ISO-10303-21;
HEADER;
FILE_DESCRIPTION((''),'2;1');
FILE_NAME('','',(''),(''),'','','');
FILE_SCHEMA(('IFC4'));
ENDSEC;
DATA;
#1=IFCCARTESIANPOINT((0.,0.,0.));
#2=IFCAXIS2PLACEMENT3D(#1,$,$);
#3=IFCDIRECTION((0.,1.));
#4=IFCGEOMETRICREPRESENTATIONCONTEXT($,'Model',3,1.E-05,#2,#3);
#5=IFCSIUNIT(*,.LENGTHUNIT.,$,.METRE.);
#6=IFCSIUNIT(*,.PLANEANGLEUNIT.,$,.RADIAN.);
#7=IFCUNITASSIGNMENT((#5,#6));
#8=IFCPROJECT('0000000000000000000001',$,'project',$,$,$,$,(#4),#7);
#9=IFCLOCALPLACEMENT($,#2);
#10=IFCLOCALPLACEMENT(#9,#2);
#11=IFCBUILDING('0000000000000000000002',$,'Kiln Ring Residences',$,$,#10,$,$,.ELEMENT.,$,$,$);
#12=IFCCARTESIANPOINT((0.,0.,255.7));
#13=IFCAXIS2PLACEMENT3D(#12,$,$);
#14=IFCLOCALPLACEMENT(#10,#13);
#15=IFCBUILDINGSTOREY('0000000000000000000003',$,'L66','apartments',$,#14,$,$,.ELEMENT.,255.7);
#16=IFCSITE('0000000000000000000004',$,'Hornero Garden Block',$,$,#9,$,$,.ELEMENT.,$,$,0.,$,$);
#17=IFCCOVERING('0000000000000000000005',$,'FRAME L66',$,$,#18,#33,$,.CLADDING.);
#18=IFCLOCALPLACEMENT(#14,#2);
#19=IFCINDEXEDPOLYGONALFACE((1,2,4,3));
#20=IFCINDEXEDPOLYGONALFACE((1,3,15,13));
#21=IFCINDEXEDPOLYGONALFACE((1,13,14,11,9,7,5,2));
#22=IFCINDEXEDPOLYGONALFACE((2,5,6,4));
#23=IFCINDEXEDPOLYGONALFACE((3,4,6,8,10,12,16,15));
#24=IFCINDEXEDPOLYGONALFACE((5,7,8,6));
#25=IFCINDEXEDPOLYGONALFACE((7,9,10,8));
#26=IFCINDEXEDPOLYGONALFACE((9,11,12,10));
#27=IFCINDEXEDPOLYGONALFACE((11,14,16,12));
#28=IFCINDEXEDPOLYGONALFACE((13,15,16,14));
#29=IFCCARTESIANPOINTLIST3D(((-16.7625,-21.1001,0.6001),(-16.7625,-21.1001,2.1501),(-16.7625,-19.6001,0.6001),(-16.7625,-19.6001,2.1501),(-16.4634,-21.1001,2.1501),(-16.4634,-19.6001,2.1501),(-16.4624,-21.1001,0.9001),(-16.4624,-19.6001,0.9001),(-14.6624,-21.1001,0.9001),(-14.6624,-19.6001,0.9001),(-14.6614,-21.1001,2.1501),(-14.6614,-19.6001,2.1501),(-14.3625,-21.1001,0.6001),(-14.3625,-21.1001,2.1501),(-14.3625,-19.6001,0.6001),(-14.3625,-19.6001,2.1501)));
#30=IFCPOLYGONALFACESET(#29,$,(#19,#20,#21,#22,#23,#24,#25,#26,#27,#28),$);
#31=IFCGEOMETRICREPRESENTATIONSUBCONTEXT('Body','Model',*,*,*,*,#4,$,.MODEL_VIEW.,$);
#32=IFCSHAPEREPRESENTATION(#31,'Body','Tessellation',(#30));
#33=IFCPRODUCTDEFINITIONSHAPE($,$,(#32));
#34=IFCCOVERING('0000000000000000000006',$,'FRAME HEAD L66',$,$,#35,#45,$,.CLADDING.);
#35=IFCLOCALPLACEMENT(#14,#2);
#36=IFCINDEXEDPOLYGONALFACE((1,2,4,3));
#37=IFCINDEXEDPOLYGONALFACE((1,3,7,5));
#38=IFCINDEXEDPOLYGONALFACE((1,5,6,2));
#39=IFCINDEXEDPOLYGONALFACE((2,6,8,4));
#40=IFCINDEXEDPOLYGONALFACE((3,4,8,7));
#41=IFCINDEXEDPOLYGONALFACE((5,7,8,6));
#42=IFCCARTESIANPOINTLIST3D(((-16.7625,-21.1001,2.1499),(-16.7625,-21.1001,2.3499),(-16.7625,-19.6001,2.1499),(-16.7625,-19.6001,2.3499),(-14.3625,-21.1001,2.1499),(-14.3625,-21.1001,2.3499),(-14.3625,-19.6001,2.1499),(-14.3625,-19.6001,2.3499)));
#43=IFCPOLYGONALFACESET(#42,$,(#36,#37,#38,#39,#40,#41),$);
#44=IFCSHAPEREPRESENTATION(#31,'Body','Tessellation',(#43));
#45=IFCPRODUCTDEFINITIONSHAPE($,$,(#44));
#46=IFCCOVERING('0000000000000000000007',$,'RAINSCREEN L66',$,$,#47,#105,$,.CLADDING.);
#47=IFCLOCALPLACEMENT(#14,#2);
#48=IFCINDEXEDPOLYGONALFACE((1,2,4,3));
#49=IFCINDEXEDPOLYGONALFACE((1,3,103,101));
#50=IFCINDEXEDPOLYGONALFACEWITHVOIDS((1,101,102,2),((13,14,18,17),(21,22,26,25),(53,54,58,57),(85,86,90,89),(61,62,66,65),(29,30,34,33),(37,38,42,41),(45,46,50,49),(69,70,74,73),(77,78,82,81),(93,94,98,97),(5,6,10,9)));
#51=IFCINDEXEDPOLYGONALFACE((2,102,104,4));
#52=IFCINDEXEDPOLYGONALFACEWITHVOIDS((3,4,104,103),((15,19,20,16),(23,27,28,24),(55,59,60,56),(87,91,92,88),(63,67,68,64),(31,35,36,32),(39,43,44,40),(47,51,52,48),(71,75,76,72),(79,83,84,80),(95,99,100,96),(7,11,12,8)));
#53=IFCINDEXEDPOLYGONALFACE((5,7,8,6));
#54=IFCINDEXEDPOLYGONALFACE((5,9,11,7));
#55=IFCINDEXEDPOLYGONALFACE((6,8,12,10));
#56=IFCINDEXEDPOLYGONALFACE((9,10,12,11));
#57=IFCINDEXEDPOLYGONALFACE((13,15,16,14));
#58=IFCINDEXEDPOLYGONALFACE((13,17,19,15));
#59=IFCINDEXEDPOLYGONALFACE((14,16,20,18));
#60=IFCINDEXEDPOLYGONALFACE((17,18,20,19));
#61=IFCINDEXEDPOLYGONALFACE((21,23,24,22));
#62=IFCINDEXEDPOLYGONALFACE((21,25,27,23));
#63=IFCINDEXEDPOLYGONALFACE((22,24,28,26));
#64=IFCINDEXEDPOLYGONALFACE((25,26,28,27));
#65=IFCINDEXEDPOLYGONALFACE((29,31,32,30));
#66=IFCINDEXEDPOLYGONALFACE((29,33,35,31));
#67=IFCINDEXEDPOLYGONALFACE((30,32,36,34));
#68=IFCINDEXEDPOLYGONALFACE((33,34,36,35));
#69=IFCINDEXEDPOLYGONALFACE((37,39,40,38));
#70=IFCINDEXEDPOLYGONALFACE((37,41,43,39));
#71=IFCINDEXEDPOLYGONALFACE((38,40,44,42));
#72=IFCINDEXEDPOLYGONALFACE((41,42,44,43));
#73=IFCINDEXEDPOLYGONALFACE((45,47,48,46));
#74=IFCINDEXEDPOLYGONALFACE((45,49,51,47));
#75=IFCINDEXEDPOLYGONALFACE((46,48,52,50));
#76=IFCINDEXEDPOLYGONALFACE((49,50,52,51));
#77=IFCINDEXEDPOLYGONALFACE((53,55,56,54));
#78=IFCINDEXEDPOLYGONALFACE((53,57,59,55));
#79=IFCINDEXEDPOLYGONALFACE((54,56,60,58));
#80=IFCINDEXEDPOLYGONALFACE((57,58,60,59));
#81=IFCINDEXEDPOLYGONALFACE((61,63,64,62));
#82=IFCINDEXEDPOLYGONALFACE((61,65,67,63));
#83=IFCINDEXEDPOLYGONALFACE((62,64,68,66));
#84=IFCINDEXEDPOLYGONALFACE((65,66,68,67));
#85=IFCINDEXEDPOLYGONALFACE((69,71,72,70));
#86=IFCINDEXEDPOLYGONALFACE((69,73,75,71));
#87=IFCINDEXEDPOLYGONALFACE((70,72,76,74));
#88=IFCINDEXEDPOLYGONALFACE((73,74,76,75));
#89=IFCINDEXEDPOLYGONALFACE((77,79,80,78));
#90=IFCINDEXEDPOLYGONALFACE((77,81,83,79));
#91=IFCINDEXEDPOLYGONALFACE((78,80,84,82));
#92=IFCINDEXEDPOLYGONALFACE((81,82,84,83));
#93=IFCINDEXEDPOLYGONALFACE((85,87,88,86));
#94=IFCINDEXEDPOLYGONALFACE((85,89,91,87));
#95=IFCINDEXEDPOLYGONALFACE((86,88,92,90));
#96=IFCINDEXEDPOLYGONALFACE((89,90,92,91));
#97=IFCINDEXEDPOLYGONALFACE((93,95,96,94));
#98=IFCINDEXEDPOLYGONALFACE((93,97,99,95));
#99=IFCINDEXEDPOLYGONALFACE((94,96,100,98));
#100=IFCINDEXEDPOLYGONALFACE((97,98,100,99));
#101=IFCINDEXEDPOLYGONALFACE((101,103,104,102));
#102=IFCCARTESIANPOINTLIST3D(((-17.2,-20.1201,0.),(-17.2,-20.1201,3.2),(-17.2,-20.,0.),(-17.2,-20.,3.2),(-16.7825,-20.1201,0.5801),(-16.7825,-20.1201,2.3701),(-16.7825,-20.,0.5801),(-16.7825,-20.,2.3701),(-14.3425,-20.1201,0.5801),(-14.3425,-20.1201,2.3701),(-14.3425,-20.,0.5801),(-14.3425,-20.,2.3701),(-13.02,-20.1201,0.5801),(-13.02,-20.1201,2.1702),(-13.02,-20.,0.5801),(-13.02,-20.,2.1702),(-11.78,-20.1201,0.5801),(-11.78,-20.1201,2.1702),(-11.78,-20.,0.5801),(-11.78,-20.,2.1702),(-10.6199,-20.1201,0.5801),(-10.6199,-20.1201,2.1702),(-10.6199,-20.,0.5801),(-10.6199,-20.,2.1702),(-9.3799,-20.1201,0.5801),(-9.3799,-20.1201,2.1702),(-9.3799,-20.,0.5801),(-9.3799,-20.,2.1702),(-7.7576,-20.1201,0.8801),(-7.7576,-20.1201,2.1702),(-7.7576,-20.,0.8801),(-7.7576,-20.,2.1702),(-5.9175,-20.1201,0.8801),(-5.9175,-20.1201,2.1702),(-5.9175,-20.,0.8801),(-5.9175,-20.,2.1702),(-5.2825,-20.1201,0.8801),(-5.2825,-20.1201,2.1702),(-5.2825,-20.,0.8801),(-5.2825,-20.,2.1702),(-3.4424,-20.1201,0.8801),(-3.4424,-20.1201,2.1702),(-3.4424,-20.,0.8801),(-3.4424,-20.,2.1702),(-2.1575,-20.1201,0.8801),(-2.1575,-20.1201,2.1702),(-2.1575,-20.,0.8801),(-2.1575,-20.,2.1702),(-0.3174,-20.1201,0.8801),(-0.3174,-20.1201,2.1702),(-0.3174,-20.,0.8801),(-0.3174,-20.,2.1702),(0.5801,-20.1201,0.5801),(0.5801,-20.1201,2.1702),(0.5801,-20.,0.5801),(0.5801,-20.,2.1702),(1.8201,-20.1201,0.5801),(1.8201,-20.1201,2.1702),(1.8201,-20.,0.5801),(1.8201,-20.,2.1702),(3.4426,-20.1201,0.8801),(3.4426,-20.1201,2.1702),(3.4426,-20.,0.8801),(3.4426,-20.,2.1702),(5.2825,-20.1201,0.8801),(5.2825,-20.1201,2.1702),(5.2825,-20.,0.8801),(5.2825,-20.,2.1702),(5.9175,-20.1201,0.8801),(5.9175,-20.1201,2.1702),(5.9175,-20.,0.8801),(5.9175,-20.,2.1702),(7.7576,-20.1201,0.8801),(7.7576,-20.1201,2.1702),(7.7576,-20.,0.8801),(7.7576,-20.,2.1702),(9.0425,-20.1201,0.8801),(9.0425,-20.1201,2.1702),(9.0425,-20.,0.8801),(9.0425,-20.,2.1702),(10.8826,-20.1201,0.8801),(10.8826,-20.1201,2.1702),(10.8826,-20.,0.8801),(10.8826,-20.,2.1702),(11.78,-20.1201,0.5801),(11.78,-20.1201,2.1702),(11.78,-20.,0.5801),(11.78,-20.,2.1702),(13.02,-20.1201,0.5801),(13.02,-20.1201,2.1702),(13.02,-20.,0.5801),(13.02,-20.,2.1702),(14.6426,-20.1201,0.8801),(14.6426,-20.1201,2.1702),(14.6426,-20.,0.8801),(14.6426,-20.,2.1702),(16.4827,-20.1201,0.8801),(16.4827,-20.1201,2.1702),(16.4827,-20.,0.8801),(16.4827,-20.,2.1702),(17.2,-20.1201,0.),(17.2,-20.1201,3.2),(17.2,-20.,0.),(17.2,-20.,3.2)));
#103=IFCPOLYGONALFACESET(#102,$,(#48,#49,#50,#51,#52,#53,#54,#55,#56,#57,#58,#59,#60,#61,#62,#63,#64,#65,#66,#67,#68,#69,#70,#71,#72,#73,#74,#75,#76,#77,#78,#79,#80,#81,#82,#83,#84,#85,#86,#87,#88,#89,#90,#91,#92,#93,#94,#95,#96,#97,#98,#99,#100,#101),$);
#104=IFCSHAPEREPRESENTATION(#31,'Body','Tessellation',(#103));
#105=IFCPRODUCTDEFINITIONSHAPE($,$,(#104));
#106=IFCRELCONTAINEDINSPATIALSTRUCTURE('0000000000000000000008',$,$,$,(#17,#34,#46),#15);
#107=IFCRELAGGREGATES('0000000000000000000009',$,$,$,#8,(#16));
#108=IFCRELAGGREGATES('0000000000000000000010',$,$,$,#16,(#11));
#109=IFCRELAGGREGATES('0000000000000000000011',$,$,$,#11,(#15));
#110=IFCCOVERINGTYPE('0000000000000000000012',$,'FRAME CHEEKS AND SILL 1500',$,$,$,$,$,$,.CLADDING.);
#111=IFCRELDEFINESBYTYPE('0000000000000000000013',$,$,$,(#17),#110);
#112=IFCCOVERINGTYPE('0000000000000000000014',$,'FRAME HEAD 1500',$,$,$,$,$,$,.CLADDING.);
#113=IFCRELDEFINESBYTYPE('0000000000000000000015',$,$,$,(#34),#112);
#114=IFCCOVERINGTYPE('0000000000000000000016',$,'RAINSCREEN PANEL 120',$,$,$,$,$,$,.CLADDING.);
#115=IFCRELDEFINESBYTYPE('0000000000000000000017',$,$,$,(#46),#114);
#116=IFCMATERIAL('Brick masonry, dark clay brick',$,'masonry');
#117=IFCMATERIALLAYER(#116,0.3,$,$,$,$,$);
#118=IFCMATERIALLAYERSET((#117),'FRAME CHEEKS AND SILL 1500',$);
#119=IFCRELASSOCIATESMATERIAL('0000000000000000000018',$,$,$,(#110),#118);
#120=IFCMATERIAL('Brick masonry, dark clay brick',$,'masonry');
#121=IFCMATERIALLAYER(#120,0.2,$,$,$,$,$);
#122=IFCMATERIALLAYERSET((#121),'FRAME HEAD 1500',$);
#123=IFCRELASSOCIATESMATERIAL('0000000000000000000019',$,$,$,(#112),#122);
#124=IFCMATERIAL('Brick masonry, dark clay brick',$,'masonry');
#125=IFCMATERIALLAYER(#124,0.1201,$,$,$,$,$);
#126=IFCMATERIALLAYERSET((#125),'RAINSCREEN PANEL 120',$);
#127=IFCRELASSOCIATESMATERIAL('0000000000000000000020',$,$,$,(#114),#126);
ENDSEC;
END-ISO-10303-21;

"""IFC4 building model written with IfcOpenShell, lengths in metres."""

from ifc_helpers import new_model, si_unit, direction, frame, origin, origin_2d, place, context, subcontext, project, spatial, polyline, rectangle, outline, extrude, material, layer, layer_set, type_object, element, save


model = new_model("IFC4")

# Units and contexts
model_context = context("Model", 3, precision=1e-05, world=origin(), true_north=direction((0.0, 1.0)))
body_context = subcontext(model_context, "Body", "Model", "MODEL_VIEW")
ifc_project = project(units=[si_unit("LENGTHUNIT", "METRE"), si_unit("PLANEANGLEUNIT", "RADIAN")], contexts=[model_context])

# Site, building, storey
site_placement = place(None, origin())
site = spatial("IfcSite", under=ifc_project, at=site_placement, Name="Hornero Garden Block", CompositionType="ELEMENT", RefElevation=0.0)
building_placement = place(site_placement, origin())
building = spatial("IfcBuilding", under=site, at=building_placement, Name="Kiln Ring Residences", CompositionType="ELEMENT")
storey_placement = place(building_placement, frame((0.0, 0.0, 255.7)))
storey = spatial("IfcBuildingStorey", under=building, at=storey_placement, Name="L66", Description="apartments", CompositionType="ELEMENT", Elevation=255.7)

# Coverings
ifc_material_1 = material(Name="Brick masonry, dark clay brick", Category="masonry")
ifc_layer_1 = layer(ifc_material_1, 0.3)
ifc_layer_set_1 = layer_set([ifc_layer_1], Name="FRAME CHEEKS AND SILL 1500")
covering_type_1 = type_object("IfcCoveringType", Name="FRAME CHEEKS AND SILL 1500", PredefinedType="CLADDING", material=ifc_layer_set_1)
covering_1_placement = place(storey_placement, frame((-16.7625, -20.3501, 0.6001), z_axis=(0.0, 0.0, 1.0), x_axis=(1.0, 0.0, 0.0)))
element("IfcCovering", 1, at=covering_1_placement, inside=storey, type_object=covering_type_1, Name="FRAME L66", PredefinedType="CLADDING", context=body_context, shape_type="SweptSolid", body=[
    extrude(outline(polyline([(0.0, 0.0), (2.3999, 0.0), (2.3999, 1.55), (2.1011, 1.55), (2.1001, 0.3), (0.3, 0.3), (0.2991, 1.55), (0.0, 1.55), (0.0, 0.0)])), frame((0.0, 0.75, 0.0), z_axis=(0.0, -1.0, 0.0), x_axis=(1.0, 0.0, 0.0)), (0.0, 0.0, 1.0), 1.5),
])
ifc_material_2 = material(Name="Brick masonry, dark clay brick", Category="masonry")
ifc_layer_2 = layer(ifc_material_2, 0.2)
ifc_layer_set_2 = layer_set([ifc_layer_2], Name="FRAME HEAD 1500")
covering_type_2 = type_object("IfcCoveringType", Name="FRAME HEAD 1500", PredefinedType="CLADDING", material=ifc_layer_set_2)
covering_2_placement = place(storey_placement, frame((-15.5625, -20.3501, 2.1499), z_axis=(0.0, 0.0, 1.0), x_axis=(1.0, 0.0, 0.0)))
element("IfcCovering", 2, at=covering_2_placement, inside=storey, type_object=covering_type_2, Name="FRAME HEAD L66", PredefinedType="CLADDING", context=body_context, shape_type="SweptSolid", body=[
    extrude(rectangle(XDim=2.3999, YDim=1.5, at=origin_2d()), origin(), (0.0, 0.0, 1.0), 0.2),
])
ifc_material_3 = material(Name="Brick masonry, dark clay brick", Category="masonry")
ifc_layer_3 = layer(ifc_material_3, 0.1201)
ifc_layer_set_3 = layer_set([ifc_layer_3], Name="RAINSCREEN PANEL 120")
covering_type_3 = type_object("IfcCoveringType", Name="RAINSCREEN PANEL 120", PredefinedType="CLADDING", material=ifc_layer_set_3)
covering_3_placement = place(storey_placement, frame((-17.2, -20.0601, 0.0), z_axis=(0.0, 0.0, 1.0), x_axis=(1.0, 0.0, 0.0)))
element("IfcCovering", 3, at=covering_3_placement, inside=storey, type_object=covering_type_3, Name="RAINSCREEN L66", PredefinedType="CLADDING", context=body_context, shape_type="SweptSolid", body=[
    extrude(outline(polyline([(0.0, 0.0), (34.3999, 0.0), (34.3999, 3.2), (0.0, 3.2), (0.0, 0.0)]), holes=[polyline([(4.1799, 0.5801), (5.4199, 0.5801), (5.4199, 2.1702), (4.1799, 2.1702), (4.1799, 0.5801)]), polyline([(6.5801, 2.1702), (6.5801, 0.5801), (7.8201, 0.5801), (7.8201, 2.1702), (6.5801, 2.1702)]), polyline([(0.4175, 2.3701), (0.4175, 0.5801), (2.8574, 0.5801), (2.8574, 2.3701), (0.4175, 2.3701)]), polyline([(9.4424, 0.8801), (11.2825, 0.8801), (11.2825, 2.1702), (9.4424, 2.1702), (9.4424, 0.8801)]), polyline([(11.9175, 2.1702), (11.9175, 0.8801), (13.7576, 0.8801), (13.7576, 2.1702), (11.9175, 2.1702)]), polyline([(15.0425, 2.1702), (15.0425, 0.8801), (16.8826, 0.8801), (16.8826, 2.1702), (15.0425, 2.1702)]), polyline([(17.78, 0.5801), (19.02, 0.5801), (19.02, 2.1702), (17.78, 2.1702), (17.78, 0.5801)]), polyline([(28.98, 2.1702), (28.98, 0.5801), (30.22, 0.5801), (30.22, 2.1702), (28.98, 2.1702)]), polyline([(20.6426, 2.1702), (20.6426, 0.8801), (22.4824, 0.8801), (22.4824, 2.1702), (20.6426, 2.1702)]), polyline([(23.1174, 0.8801), (24.9575, 0.8801), (24.9575, 2.1702), (23.1174, 2.1702), (23.1174, 0.8801)]), polyline([(26.2424, 2.1702), (26.2424, 0.8801), (28.0825, 0.8801), (28.0825, 2.1702), (26.2424, 2.1702)]), polyline([(31.8425, 2.1702), (31.8425, 0.8801), (33.6826, 0.8801), (33.6826, 2.1702), (31.8425, 2.1702)])]), frame((0.0, 0.0601, 0.0), z_axis=(0.0, -1.0, 0.0), x_axis=(1.0, 0.0, 0.0)), (0.0, 0.0, 1.0), 0.1201),
])

save(model, "model.ifc")
